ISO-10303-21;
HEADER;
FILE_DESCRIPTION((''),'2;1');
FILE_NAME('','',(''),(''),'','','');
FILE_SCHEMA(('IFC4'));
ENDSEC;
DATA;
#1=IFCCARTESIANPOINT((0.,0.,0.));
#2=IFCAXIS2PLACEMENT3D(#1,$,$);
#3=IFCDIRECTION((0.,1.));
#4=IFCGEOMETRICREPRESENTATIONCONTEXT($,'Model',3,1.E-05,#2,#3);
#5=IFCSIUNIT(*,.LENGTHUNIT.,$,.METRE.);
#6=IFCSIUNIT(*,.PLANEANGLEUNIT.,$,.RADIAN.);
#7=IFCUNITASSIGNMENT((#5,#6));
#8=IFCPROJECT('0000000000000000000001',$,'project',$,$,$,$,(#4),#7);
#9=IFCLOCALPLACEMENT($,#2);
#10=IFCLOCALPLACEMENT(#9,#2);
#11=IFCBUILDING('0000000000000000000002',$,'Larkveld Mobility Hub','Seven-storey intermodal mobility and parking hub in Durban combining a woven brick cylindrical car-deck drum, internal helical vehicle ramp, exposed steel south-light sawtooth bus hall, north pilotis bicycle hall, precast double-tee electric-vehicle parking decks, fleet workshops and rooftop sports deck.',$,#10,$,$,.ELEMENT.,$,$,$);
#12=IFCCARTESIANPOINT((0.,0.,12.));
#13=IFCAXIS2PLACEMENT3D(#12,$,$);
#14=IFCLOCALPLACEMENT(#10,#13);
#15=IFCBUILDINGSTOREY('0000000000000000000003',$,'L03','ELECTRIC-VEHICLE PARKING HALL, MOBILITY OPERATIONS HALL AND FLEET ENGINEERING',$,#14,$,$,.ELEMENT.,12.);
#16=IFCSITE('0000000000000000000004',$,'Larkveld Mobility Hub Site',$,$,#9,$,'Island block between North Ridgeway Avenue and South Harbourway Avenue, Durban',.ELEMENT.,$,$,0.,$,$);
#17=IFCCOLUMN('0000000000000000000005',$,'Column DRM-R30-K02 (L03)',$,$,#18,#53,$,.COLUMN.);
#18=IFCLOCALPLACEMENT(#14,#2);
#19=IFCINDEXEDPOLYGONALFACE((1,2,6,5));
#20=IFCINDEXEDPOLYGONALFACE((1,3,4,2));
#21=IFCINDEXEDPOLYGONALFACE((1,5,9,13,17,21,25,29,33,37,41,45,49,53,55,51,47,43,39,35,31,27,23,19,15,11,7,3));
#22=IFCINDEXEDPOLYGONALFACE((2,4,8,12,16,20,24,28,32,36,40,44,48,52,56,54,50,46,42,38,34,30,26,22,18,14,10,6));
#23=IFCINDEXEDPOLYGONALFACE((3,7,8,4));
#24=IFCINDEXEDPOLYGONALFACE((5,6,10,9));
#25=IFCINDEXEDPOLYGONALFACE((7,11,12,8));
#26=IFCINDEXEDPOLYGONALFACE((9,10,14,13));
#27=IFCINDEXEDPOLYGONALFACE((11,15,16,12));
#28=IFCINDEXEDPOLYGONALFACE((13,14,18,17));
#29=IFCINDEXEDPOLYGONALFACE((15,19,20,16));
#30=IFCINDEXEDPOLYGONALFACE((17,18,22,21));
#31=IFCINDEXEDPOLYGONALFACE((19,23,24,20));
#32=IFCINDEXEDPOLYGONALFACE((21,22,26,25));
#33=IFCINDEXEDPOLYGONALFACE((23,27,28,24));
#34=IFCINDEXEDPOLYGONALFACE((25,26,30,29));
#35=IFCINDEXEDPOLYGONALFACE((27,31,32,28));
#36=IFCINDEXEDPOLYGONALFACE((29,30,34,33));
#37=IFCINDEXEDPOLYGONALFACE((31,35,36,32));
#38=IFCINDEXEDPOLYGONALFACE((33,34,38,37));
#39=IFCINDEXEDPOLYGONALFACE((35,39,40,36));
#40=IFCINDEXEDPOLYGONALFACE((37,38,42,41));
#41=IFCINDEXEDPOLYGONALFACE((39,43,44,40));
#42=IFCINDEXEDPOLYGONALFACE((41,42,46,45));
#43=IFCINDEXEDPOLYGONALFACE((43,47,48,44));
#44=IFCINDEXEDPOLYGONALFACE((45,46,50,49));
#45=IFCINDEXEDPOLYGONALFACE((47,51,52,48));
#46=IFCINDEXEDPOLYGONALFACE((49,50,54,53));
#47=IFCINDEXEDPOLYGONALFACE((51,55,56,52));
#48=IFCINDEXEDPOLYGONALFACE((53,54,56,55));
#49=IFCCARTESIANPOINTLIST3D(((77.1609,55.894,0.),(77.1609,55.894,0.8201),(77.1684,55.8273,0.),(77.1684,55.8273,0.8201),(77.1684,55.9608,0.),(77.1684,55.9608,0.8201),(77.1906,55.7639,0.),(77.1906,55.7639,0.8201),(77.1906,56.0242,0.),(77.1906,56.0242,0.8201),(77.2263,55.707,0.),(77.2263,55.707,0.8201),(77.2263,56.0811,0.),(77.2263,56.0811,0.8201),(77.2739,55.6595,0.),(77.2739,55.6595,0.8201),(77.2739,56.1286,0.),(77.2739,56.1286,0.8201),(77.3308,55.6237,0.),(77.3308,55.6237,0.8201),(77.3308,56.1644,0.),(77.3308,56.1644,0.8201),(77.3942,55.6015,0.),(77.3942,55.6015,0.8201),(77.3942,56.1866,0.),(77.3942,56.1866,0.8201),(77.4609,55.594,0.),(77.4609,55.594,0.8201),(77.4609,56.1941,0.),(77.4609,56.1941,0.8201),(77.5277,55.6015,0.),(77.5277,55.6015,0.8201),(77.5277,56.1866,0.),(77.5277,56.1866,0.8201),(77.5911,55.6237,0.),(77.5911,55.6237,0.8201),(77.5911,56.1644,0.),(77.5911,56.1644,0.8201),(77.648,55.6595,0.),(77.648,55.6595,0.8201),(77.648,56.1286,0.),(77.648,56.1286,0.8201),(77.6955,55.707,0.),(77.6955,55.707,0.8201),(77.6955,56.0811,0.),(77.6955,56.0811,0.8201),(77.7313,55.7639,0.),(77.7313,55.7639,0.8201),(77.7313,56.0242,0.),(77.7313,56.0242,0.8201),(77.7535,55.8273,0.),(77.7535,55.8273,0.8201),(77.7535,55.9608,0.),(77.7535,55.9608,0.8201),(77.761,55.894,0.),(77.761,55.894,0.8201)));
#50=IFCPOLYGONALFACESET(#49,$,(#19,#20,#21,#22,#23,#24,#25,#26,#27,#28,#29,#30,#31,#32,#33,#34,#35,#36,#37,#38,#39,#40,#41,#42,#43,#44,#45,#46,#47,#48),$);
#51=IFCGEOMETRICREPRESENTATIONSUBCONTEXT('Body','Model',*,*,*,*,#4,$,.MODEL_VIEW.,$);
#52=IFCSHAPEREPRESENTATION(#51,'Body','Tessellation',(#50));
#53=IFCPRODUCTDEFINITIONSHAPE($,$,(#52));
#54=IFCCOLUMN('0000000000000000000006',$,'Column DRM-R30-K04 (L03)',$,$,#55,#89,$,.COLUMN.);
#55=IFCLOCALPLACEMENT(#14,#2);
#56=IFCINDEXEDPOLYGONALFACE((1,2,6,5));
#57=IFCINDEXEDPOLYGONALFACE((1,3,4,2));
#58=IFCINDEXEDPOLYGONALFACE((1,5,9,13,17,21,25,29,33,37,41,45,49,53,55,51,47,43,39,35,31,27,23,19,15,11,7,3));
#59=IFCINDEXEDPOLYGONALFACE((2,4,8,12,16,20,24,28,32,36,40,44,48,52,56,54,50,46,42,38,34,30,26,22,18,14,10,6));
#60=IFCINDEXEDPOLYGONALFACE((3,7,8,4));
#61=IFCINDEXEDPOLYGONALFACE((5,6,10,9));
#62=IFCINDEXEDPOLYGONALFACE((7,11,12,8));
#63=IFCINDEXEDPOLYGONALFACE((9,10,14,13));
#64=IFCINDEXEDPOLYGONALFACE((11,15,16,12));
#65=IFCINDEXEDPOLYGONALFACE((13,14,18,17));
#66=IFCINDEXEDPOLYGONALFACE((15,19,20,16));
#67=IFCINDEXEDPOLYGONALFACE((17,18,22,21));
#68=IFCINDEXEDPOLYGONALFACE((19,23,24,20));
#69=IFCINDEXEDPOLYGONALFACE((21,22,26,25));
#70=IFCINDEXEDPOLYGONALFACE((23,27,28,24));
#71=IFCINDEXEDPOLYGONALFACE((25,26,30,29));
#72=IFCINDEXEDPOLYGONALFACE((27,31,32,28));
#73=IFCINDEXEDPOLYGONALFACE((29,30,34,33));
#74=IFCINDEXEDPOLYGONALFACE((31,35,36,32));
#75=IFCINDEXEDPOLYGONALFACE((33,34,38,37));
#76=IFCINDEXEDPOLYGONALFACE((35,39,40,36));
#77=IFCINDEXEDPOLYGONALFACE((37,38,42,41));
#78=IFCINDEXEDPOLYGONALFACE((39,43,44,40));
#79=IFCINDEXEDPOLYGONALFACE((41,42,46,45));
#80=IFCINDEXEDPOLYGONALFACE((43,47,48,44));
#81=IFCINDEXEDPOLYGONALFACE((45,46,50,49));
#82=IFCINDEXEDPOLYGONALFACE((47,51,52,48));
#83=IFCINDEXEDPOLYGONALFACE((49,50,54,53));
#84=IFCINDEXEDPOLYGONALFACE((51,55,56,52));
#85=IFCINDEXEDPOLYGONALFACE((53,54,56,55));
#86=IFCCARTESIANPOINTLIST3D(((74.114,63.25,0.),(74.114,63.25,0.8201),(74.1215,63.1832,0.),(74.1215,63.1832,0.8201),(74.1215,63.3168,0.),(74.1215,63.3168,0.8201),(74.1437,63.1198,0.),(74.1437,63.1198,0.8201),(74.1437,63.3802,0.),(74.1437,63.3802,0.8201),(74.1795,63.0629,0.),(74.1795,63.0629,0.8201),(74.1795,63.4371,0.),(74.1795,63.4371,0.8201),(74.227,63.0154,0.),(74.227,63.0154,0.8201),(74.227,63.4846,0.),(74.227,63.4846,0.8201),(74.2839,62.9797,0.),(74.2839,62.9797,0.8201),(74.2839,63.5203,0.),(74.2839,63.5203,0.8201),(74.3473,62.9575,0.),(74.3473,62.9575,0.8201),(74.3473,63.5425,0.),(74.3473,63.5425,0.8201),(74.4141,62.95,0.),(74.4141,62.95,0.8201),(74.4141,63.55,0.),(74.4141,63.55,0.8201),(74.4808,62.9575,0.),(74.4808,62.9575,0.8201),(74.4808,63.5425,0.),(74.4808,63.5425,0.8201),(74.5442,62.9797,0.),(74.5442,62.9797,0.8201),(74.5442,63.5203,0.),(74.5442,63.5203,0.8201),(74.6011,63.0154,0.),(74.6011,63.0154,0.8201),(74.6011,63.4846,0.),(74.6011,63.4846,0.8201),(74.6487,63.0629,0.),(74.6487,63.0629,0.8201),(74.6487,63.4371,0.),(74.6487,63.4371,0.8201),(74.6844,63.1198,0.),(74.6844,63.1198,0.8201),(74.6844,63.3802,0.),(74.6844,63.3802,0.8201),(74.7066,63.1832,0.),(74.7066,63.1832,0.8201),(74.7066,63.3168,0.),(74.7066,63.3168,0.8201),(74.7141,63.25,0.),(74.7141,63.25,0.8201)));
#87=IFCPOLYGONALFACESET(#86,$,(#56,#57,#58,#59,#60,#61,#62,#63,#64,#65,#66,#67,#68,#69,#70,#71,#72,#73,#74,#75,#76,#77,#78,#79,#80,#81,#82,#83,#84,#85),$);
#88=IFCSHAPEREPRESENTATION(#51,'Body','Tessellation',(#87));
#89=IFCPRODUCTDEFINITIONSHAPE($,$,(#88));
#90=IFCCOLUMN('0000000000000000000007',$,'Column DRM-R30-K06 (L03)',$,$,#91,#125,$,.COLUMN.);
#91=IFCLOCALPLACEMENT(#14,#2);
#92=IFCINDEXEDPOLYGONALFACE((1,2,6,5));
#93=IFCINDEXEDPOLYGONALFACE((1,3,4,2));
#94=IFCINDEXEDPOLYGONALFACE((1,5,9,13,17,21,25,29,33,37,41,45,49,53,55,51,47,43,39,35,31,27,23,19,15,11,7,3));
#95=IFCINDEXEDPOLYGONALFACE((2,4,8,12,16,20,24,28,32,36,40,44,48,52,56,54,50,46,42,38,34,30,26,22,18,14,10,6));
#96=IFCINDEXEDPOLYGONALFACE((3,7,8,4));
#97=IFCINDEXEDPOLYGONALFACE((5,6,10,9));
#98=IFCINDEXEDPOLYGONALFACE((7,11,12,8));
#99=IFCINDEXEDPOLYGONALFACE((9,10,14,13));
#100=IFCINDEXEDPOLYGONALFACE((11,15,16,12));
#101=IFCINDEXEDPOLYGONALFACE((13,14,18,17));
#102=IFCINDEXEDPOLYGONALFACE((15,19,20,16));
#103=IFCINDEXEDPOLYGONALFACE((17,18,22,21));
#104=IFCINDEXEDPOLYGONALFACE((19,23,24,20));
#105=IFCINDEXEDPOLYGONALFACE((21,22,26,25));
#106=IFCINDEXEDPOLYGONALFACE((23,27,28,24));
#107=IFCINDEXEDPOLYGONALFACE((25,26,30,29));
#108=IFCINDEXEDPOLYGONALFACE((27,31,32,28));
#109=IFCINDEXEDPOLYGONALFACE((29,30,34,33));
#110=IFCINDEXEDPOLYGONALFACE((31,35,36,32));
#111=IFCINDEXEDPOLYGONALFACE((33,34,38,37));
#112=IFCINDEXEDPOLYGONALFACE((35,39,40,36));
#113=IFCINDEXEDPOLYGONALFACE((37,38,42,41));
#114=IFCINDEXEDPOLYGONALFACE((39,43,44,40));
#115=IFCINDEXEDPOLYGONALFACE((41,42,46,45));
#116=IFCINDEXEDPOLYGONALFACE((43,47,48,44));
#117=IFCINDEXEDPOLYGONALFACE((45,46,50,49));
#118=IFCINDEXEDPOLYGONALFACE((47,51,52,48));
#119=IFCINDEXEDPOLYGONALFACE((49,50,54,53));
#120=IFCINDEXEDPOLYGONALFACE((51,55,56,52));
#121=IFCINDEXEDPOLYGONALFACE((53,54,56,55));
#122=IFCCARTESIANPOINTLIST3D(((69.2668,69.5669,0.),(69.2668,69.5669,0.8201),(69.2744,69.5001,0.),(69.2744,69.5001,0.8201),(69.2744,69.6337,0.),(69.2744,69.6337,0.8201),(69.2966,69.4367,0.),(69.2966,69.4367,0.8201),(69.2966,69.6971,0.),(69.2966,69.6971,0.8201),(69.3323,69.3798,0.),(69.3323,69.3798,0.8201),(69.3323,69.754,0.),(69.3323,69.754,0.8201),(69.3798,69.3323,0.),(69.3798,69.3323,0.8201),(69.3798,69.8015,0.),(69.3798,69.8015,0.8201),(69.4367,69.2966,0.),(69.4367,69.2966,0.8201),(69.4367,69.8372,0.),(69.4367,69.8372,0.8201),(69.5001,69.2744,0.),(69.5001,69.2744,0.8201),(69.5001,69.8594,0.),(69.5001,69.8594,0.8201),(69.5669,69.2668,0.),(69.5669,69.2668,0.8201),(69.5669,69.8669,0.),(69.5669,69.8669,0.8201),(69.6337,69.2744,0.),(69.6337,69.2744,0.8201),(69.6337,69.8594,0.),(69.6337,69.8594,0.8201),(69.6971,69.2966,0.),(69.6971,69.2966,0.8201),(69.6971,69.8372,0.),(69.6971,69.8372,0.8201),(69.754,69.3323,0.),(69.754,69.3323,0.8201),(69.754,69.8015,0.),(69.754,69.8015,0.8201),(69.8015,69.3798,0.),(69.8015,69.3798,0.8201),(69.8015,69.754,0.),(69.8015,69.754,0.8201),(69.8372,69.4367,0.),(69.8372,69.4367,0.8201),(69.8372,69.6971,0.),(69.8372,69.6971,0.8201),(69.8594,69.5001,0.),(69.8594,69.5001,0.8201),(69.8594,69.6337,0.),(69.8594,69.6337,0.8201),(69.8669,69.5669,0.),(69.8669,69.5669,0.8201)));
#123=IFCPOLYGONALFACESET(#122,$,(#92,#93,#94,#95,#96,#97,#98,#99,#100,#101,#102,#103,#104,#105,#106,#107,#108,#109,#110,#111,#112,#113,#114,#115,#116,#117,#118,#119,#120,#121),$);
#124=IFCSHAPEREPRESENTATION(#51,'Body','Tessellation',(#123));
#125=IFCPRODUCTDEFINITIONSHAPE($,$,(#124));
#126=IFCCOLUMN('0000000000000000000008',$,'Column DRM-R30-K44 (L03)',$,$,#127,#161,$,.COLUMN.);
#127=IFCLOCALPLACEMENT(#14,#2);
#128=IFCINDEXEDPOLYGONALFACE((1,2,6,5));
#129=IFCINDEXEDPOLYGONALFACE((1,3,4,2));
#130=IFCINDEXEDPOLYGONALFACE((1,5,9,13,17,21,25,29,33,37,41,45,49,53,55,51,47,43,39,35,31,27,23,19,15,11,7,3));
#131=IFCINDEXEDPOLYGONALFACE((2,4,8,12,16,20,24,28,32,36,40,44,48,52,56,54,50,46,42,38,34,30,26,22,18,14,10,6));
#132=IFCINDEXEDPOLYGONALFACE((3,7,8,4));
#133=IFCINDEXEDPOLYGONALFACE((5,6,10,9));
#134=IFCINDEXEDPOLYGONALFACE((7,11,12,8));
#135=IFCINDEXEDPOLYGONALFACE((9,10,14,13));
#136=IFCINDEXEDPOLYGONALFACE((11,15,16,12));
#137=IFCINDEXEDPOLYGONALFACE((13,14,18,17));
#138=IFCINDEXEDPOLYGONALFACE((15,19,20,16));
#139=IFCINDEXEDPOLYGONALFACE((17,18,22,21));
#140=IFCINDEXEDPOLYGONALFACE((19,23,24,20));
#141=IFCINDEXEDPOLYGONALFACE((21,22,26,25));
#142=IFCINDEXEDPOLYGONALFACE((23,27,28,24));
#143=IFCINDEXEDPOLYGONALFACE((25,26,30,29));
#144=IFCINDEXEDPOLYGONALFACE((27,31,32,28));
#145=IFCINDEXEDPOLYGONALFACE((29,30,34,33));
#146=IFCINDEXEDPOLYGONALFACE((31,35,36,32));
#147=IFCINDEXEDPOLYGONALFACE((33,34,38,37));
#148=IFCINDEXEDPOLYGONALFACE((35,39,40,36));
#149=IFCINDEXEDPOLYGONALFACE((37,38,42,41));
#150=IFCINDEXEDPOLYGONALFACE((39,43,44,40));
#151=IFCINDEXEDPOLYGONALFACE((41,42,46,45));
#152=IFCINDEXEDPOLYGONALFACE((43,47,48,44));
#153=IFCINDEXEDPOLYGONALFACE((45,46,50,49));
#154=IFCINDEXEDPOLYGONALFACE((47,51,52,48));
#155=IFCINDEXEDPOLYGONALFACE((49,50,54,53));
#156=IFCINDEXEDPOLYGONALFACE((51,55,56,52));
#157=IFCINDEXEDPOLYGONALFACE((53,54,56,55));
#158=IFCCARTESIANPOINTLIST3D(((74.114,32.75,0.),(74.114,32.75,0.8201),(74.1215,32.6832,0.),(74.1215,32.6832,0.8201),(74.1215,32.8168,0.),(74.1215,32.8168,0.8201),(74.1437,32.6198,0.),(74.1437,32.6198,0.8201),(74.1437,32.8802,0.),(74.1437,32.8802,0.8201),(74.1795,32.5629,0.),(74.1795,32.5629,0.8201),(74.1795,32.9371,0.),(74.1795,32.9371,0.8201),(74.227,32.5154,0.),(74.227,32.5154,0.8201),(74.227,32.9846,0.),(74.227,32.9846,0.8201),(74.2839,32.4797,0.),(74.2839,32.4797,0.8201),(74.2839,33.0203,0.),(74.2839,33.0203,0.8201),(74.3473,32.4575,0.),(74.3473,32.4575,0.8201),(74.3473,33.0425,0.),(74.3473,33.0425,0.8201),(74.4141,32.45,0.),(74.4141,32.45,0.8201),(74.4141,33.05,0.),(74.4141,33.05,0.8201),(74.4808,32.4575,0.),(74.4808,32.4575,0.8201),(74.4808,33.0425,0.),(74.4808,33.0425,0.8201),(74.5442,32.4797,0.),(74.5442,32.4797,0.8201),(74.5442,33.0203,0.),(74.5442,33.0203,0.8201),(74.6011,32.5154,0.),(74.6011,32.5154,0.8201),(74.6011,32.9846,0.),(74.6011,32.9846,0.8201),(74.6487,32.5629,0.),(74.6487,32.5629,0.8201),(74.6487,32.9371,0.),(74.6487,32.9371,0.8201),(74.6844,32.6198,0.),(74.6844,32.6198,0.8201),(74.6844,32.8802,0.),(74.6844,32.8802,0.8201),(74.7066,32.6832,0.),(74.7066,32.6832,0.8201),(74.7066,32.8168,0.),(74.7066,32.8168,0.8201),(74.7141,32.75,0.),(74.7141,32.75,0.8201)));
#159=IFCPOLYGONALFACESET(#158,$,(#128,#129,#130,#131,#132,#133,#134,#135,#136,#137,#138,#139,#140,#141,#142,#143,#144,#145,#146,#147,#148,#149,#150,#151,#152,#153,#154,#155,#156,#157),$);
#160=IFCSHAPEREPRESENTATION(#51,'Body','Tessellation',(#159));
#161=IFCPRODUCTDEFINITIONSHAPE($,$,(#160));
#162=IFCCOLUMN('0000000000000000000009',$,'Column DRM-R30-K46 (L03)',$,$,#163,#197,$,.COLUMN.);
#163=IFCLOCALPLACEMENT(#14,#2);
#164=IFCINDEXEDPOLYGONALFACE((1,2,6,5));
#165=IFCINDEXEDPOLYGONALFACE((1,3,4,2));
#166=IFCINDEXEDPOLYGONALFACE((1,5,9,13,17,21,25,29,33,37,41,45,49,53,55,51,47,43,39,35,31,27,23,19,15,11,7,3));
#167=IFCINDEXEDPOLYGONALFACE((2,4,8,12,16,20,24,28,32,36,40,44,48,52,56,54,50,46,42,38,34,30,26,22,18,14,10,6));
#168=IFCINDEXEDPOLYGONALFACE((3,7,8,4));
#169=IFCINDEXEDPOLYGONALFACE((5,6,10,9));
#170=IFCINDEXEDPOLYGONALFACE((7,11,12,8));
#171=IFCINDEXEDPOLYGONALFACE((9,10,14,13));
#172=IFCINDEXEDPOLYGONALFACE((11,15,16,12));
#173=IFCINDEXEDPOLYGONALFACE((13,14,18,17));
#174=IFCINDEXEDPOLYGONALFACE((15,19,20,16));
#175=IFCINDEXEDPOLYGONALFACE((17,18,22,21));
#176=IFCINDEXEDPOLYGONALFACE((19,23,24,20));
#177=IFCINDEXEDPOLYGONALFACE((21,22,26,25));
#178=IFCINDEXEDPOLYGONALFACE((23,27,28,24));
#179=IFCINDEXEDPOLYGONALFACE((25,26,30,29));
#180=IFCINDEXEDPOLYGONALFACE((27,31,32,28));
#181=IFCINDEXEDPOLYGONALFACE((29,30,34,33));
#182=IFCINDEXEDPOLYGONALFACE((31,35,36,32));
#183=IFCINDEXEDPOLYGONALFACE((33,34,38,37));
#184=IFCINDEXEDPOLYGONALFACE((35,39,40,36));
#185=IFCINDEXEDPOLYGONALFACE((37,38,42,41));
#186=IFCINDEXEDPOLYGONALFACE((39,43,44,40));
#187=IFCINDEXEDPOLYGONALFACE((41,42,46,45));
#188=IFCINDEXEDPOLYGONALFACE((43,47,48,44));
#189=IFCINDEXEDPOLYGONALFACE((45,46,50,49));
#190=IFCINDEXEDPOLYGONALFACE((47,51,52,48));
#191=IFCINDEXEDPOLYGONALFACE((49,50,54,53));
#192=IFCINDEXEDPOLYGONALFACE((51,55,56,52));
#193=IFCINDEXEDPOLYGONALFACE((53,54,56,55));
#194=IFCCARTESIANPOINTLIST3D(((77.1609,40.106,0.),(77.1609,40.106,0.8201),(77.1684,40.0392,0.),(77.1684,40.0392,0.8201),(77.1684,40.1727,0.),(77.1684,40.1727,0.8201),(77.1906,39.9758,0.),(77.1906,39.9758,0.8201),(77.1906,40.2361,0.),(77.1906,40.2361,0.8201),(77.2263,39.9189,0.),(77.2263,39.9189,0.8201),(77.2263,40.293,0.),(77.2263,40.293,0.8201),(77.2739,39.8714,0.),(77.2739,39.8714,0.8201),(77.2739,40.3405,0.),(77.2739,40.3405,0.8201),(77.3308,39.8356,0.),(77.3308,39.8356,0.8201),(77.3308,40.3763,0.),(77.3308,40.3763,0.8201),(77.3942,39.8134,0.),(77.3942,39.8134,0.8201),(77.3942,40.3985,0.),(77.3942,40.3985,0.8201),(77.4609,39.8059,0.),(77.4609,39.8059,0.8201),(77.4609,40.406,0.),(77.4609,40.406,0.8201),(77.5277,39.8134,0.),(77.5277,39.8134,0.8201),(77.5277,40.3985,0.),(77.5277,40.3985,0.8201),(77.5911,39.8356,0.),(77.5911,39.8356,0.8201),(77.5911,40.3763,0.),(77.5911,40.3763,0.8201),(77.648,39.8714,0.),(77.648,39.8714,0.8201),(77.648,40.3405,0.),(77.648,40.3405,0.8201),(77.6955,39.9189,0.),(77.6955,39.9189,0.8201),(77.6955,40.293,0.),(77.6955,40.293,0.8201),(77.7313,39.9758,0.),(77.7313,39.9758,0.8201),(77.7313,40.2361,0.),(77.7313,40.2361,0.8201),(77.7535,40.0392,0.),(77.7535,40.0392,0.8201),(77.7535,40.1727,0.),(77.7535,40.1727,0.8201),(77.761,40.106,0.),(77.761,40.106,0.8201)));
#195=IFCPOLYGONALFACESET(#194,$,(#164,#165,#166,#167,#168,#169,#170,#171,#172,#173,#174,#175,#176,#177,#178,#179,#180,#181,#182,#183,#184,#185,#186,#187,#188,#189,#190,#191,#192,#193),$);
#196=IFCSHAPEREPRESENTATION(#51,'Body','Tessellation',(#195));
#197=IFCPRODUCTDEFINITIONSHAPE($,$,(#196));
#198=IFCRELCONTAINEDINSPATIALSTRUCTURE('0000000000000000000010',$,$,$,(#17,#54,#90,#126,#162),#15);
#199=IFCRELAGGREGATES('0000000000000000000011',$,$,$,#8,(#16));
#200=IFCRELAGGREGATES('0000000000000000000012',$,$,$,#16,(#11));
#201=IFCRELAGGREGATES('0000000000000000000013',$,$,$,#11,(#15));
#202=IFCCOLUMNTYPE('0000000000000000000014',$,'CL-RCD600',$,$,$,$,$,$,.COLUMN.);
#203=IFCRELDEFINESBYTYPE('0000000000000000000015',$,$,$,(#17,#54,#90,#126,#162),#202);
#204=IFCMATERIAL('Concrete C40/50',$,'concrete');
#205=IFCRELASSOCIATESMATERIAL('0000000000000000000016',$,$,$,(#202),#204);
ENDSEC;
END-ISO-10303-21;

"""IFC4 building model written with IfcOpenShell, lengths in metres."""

from ifc_helpers import new_model, si_unit, direction, frame, origin, origin_2d, place, context, subcontext, project, spatial, circle, extrude, material, material_profile, profile_set, type_object, element, save


model = new_model("IFC4")

# Units and contexts
model_context = context("Model", 3, precision=1e-05, world=origin(), true_north=direction((0.0, 1.0)))
body_context = subcontext(model_context, "Body", "Model", "MODEL_VIEW")
ifc_project = project(units=[si_unit("LENGTHUNIT", "METRE"), si_unit("PLANEANGLEUNIT", "RADIAN")], contexts=[model_context])

# Site, building, storey
site_placement = place(None, origin())
site = spatial("IfcSite", under=ifc_project, at=site_placement, Name="Larkveld Mobility Hub Site", LongName="Island block between North Ridgeway Avenue and South Harbourway Avenue, Durban", CompositionType="ELEMENT", RefElevation=0.0)
building_placement = place(site_placement, origin())
building = spatial("IfcBuilding", under=site, at=building_placement, Name="Larkveld Mobility Hub", Description="Seven-storey intermodal mobility and parking hub in Durban combining a woven brick cylindrical car-deck drum, internal helical vehicle ramp, exposed steel south-light sawtooth bus hall, north pilotis bicycle hall, precast double-tee electric-vehicle parking decks, fleet workshops and rooftop sports deck.", CompositionType="ELEMENT")
storey_placement = place(building_placement, frame((0.0, 0.0, 12.0)))
storey = spatial("IfcBuildingStorey", under=building, at=storey_placement, Name="L03", Description="ELECTRIC-VEHICLE PARKING HALL, MOBILITY OPERATIONS HALL AND FLEET ENGINEERING", CompositionType="ELEMENT", Elevation=12.0)

# Columns
ifc_material_1 = material(Name="Concrete C40/50", Category="concrete")
ifc_material_profile_1 = material_profile(ifc_material_1, circle(Radius=0.3, at=origin_2d()), Name="RC COL D600")
ifc_profile_set_1 = profile_set([ifc_material_profile_1], Name="Concrete C40/50")
column_type_1 = type_object("IfcColumnType", Name="CL-RCD600", PredefinedType="COLUMN", material=ifc_profile_set_1)
for number, where, z_axis, x_axis, name in (
    (1, (77.4609, 55.894, 0.0), (0.0, 0.0, 1.0), (1.0, 0.0, 0.0), "Column DRM-R30-K02 (L03)"),
    (2, (74.4141, 63.25, 0.0), (0.0, 0.0, 1.0), (1.0, 0.0, 0.0), "Column DRM-R30-K04 (L03)"),
    (3, (69.5669, 69.5669, 0.0), (0.0, 0.0, 1.0), (1.0, 0.0, 0.0), "Column DRM-R30-K06 (L03)"),
    (4, (74.4141, 32.75, 0.0), (0.0, 0.0, 1.0), (1.0, 0.0, 0.0), "Column DRM-R30-K44 (L03)"),
    (5, (77.4609, 40.106, 0.0), (0.0, 0.0, 1.0), (1.0, 0.0, 0.0), "Column DRM-R30-K46 (L03)"),
):
    element("IfcColumn", number, at=place(storey_placement, frame(where, z_axis=z_axis, x_axis=x_axis)), inside=storey, type_object=column_type_1, Name=name, PredefinedType="COLUMN", context=body_context, shape_type="SweptSolid", body=[
        extrude(circle(Radius=0.3, at=origin_2d()), origin(), (0.0, 0.0, 1.0), 0.8201),
    ])

save(model, "model.ifc")
